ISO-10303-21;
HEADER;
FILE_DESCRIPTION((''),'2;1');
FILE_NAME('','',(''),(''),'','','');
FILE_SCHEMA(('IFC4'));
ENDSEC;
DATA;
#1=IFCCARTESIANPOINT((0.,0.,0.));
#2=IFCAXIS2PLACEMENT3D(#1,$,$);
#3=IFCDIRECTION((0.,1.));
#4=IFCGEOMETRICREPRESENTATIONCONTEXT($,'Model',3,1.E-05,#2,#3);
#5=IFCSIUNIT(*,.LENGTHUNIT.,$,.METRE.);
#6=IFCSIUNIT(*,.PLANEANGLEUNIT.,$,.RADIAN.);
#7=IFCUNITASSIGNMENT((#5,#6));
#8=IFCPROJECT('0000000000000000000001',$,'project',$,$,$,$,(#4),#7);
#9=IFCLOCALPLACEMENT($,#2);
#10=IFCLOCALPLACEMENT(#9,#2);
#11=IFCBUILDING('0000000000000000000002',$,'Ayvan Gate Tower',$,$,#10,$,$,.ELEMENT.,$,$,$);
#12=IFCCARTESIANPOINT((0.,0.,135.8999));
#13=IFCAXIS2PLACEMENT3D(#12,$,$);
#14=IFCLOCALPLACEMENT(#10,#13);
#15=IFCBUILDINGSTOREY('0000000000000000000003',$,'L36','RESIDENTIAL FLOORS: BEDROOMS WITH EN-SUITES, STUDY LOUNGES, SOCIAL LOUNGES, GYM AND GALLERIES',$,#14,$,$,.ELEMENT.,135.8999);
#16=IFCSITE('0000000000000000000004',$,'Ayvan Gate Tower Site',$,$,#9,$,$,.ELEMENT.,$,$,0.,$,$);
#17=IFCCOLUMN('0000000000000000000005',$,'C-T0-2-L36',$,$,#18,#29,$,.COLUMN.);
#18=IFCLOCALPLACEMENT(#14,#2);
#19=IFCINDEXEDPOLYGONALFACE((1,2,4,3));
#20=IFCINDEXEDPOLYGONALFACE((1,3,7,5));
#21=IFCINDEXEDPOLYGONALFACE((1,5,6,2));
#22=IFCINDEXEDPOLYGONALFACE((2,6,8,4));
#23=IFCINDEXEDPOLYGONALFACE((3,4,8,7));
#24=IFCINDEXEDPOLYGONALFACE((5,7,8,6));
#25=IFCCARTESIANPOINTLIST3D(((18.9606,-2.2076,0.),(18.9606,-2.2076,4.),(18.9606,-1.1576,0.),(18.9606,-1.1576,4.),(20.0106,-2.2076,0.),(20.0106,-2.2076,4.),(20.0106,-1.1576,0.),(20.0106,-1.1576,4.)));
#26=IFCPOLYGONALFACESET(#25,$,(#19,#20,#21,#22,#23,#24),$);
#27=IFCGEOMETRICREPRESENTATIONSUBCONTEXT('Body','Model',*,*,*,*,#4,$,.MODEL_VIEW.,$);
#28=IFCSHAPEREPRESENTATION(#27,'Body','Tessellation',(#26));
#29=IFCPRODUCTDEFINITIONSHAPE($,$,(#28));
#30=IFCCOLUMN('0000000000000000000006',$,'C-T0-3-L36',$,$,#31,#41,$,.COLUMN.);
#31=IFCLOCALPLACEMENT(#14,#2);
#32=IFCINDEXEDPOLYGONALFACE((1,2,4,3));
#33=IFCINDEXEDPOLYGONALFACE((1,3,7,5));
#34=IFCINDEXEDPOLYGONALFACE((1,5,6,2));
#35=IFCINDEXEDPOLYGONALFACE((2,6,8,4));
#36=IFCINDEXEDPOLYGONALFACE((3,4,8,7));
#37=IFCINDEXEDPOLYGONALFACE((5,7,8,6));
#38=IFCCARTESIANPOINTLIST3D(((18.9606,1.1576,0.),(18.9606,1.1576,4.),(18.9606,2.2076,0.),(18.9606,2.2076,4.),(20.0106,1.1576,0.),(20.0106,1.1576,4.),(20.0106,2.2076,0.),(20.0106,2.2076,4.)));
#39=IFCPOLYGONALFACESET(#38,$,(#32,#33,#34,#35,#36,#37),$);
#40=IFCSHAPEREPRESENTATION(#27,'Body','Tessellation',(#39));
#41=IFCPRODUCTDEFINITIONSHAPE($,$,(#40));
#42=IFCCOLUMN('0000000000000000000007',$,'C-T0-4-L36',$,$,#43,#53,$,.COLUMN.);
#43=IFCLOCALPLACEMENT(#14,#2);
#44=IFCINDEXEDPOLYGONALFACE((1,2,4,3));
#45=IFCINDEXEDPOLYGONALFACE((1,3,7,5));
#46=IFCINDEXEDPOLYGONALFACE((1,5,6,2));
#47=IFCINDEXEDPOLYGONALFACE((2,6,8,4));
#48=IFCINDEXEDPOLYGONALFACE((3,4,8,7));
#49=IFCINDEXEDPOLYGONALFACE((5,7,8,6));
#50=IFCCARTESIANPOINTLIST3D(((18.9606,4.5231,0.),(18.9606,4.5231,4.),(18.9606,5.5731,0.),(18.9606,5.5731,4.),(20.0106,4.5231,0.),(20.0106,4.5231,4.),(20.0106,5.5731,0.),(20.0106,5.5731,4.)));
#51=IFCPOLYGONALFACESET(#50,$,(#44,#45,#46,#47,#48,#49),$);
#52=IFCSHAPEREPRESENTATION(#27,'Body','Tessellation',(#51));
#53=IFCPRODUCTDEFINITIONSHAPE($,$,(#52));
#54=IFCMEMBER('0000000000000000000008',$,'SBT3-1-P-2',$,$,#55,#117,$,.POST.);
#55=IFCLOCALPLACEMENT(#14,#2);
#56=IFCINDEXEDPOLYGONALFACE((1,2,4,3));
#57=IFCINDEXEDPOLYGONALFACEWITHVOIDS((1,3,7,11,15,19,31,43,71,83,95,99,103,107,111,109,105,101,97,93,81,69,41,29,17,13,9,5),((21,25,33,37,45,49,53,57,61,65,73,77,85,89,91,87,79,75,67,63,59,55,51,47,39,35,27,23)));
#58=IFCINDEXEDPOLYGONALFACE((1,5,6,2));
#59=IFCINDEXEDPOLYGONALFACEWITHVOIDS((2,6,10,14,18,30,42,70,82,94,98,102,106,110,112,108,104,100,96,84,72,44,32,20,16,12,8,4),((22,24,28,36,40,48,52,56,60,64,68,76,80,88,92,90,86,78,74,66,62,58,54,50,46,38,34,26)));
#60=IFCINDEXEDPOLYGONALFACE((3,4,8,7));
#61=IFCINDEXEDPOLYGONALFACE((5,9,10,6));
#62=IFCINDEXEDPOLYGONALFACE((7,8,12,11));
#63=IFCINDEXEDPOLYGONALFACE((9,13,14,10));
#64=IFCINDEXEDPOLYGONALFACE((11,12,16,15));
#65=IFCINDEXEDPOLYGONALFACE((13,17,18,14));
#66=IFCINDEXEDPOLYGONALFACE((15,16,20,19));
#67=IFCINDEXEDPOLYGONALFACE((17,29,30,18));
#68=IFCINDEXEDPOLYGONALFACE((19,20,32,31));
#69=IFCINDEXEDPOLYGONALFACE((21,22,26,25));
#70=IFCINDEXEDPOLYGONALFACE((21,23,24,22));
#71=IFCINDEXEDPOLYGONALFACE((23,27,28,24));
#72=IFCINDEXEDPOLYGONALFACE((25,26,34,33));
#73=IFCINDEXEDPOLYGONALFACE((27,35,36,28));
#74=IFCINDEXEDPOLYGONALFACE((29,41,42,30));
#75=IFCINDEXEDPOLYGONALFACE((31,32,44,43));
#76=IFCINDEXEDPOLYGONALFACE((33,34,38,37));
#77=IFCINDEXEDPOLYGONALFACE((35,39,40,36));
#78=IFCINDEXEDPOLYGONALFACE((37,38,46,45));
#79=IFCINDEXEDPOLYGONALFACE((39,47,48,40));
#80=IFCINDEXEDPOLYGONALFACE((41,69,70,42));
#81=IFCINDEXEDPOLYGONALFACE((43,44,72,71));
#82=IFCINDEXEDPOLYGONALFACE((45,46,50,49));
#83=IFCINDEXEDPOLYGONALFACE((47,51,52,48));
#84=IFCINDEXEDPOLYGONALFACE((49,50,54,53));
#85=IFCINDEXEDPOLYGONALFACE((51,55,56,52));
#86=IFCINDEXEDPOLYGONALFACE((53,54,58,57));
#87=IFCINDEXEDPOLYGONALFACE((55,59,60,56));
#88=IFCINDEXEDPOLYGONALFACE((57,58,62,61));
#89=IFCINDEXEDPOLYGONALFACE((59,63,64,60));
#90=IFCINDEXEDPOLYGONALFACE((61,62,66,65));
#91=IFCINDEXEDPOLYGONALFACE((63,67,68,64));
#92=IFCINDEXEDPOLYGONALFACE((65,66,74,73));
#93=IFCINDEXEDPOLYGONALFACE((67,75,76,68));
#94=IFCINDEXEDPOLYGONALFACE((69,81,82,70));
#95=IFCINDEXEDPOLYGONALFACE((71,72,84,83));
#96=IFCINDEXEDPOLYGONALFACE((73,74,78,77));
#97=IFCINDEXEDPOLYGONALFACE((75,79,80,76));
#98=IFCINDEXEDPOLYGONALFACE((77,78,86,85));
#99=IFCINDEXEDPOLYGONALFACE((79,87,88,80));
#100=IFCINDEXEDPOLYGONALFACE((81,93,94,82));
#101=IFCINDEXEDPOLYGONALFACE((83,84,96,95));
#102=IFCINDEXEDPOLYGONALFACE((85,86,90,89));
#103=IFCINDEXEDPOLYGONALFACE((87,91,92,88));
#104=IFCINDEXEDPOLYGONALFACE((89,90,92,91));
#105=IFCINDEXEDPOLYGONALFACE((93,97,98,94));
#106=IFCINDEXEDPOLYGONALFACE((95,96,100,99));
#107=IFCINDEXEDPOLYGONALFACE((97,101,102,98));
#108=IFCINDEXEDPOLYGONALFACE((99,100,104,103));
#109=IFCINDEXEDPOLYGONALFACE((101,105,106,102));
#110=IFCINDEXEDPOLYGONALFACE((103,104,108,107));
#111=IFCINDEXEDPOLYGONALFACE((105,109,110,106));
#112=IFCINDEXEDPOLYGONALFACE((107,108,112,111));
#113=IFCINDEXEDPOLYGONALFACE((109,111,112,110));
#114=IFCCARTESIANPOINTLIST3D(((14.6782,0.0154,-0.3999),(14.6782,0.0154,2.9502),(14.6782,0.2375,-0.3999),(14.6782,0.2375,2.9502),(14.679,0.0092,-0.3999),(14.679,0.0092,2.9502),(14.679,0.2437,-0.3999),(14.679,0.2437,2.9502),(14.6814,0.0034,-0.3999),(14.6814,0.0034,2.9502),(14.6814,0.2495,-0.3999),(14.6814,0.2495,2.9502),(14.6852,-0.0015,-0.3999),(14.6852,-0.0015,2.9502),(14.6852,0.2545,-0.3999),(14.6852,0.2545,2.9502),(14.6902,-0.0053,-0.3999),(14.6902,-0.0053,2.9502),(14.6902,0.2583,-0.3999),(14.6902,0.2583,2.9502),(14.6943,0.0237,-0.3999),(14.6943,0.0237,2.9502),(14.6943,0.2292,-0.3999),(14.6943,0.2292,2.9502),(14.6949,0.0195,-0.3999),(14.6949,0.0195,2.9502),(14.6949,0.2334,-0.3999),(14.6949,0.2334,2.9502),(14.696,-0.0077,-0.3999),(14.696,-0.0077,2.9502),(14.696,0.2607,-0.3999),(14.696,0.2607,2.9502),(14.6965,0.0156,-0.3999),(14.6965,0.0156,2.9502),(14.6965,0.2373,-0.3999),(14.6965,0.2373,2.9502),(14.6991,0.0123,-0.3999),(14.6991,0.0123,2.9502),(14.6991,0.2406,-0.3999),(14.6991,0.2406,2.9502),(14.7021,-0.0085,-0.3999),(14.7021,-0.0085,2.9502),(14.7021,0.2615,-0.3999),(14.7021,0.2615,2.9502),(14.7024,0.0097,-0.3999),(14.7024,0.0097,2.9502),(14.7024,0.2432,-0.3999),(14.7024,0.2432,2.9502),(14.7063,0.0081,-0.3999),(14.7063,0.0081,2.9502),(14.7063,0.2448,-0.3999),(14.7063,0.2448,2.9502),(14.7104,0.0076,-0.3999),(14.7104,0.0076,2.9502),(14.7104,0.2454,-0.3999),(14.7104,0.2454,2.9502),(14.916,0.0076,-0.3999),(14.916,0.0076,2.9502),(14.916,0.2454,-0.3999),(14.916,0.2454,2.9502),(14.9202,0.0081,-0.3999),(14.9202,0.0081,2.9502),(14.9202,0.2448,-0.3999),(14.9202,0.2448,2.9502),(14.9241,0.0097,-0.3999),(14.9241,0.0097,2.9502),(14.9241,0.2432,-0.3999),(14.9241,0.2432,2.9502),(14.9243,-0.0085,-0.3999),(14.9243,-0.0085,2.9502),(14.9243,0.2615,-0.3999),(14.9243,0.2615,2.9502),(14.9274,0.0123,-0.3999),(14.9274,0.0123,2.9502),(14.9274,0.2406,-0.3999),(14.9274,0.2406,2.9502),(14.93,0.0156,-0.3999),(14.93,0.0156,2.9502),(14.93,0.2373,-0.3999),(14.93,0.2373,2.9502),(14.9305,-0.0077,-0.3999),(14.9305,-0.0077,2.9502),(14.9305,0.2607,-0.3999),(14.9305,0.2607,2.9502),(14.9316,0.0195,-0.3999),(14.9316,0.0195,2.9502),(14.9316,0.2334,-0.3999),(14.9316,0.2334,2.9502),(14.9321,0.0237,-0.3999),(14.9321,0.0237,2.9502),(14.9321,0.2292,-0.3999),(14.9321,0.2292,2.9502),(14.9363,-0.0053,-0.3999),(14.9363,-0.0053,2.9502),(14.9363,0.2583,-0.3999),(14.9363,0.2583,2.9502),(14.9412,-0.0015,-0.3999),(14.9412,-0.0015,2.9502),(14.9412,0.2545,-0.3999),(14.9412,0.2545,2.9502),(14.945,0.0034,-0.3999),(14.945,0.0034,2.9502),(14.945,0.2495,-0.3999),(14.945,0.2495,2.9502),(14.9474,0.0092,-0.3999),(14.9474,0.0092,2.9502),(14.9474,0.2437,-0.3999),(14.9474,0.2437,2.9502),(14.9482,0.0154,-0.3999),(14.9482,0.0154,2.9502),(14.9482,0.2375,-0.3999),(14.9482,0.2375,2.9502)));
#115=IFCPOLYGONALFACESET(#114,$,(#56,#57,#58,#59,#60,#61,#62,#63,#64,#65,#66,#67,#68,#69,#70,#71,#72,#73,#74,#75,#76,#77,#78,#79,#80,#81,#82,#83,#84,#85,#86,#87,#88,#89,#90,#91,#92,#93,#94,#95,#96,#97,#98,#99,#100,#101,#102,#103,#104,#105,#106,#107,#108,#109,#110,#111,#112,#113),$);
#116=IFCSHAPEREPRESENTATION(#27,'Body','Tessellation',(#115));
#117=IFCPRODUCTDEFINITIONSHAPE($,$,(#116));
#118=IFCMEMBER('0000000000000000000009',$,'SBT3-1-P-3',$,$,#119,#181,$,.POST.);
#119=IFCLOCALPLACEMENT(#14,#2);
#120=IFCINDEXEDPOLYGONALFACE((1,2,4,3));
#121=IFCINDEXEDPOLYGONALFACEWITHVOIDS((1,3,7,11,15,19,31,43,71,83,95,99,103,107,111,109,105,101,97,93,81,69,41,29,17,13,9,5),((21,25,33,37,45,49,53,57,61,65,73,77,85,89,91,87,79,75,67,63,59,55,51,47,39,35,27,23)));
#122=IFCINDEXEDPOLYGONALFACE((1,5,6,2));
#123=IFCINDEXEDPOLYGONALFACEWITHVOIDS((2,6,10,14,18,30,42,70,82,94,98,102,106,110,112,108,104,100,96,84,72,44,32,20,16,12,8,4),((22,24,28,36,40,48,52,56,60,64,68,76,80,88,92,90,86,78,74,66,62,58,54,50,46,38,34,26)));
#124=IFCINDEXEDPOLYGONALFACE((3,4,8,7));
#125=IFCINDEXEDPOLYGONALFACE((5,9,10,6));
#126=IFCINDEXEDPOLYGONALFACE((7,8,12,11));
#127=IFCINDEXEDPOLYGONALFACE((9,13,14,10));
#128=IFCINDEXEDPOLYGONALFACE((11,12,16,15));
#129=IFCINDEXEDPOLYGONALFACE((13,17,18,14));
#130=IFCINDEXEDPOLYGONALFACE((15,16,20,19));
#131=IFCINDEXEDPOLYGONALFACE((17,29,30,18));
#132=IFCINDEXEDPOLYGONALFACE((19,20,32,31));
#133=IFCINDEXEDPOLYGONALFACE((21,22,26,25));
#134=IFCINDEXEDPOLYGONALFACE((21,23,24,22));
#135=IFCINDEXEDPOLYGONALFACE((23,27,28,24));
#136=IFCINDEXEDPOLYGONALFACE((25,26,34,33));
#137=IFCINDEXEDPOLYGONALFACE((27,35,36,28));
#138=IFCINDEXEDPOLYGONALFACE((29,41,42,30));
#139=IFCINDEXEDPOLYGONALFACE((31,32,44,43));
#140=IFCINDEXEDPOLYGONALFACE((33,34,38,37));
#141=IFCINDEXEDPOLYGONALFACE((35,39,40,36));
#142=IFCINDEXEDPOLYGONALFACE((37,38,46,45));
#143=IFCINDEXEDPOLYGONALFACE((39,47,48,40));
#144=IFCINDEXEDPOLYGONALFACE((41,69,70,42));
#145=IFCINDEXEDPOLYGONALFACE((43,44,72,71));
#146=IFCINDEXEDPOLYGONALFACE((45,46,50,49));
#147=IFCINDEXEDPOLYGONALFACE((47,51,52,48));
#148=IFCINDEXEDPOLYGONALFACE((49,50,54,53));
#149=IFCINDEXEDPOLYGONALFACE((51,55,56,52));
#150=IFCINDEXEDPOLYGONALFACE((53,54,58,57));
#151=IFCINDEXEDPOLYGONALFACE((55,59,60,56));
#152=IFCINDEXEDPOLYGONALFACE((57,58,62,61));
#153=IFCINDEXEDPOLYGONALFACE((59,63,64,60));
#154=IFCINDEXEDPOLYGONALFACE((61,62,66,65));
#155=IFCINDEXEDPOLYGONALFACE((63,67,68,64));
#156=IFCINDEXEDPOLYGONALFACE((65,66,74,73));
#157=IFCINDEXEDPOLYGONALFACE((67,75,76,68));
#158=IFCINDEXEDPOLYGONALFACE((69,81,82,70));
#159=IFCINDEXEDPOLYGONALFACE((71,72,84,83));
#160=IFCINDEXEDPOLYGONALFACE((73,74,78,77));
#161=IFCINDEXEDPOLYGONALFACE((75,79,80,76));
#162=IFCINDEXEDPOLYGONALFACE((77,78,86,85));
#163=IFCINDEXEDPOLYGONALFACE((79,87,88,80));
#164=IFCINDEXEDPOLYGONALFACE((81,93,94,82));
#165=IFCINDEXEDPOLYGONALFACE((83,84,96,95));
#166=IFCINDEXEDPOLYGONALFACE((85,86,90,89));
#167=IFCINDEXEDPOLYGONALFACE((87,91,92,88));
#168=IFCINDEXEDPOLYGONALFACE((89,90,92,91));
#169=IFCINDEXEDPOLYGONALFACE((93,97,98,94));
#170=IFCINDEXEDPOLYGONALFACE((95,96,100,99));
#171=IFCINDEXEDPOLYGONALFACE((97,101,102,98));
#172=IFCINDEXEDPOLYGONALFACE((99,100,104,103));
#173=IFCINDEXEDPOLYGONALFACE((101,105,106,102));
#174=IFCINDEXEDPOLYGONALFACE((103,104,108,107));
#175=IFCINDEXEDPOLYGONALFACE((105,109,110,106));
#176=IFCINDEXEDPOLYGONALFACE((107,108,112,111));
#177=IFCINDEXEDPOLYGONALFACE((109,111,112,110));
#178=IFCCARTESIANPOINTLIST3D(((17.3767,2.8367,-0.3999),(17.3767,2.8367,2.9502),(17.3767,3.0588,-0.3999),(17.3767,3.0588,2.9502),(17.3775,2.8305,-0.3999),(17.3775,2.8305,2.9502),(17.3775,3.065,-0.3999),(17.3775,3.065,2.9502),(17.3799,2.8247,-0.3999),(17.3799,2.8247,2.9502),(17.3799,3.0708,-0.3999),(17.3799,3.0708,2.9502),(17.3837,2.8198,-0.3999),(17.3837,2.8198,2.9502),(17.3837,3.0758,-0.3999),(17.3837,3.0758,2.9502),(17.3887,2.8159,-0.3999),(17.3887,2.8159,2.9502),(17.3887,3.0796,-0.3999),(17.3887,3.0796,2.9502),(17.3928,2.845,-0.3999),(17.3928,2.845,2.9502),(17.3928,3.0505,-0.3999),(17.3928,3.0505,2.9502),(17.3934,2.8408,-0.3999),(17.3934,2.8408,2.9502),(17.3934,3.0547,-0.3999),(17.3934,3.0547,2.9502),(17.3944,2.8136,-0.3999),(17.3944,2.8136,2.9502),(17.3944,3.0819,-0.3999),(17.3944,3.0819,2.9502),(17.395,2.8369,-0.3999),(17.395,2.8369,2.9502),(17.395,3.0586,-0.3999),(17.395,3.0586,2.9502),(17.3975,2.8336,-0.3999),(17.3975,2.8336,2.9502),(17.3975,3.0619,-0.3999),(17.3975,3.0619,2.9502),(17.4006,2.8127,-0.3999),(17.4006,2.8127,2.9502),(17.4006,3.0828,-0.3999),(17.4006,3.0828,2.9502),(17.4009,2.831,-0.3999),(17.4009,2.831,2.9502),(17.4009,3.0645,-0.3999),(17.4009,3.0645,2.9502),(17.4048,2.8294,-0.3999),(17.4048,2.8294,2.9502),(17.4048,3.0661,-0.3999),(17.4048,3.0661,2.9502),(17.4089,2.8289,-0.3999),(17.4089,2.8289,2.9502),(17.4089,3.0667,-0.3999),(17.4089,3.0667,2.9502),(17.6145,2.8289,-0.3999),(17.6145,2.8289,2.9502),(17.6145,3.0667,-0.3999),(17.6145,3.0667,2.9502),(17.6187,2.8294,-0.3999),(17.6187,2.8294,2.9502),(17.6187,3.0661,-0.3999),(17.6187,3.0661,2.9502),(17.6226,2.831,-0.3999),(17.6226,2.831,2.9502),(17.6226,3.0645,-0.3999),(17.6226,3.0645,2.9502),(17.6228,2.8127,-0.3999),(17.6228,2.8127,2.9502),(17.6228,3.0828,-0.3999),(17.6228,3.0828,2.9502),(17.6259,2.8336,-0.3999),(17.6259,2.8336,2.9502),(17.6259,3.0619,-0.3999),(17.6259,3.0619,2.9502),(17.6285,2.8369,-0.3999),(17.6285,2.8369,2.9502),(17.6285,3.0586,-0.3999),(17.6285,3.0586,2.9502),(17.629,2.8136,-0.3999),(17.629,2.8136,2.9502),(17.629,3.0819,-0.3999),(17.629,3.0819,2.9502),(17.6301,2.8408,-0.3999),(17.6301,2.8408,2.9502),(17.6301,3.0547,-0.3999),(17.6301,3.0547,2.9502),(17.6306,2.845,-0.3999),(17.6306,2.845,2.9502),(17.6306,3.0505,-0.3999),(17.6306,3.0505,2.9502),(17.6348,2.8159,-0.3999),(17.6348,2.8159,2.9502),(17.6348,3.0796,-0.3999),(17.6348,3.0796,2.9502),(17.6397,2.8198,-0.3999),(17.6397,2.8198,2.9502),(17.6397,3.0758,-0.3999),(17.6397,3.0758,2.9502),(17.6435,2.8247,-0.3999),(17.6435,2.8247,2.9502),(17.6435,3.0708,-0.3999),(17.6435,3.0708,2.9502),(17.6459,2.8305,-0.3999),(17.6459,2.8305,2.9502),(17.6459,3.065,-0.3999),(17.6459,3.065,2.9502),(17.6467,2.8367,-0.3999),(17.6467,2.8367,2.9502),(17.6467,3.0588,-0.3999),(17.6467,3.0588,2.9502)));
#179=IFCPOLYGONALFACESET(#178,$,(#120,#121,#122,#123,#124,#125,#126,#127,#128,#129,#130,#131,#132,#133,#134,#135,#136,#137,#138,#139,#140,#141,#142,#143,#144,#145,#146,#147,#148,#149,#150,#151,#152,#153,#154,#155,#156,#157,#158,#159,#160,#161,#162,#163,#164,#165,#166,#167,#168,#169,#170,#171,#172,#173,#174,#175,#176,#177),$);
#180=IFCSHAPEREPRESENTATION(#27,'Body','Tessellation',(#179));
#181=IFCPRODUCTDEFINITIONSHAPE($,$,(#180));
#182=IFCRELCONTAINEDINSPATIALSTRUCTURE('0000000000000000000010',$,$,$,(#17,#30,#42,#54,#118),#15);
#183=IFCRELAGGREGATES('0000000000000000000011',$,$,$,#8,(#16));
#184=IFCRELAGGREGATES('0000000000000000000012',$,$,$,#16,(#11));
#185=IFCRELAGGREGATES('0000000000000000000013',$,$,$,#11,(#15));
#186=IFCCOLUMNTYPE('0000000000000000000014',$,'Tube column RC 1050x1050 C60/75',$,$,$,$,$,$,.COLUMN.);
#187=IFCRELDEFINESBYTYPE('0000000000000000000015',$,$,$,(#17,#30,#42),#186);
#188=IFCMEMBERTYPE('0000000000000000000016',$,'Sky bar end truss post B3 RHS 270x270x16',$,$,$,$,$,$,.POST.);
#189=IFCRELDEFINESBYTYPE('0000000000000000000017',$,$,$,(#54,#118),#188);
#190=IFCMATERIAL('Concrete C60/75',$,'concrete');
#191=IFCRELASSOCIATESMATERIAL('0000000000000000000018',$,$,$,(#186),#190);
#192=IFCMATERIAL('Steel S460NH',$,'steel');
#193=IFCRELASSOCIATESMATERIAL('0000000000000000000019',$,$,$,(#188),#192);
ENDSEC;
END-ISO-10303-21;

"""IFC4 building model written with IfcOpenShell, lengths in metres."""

from ifc_helpers import new_model, si_unit, direction, frame, origin, origin_2d, place, context, subcontext, project, spatial, rectangle, hollow_rectangle, extrude, material, material_profile, profile_set, type_object, element, save


model = new_model("IFC4")

# Units and contexts
model_context = context("Model", 3, precision=1e-05, world=origin(), true_north=direction((0.0, 1.0)))
body_context = subcontext(model_context, "Body", "Model", "MODEL_VIEW")
ifc_project = project(units=[si_unit("LENGTHUNIT", "METRE"), si_unit("PLANEANGLEUNIT", "RADIAN")], contexts=[model_context])

# Site, building, storey
site_placement = place(None, origin())
site = spatial("IfcSite", under=ifc_project, at=site_placement, Name="Ayvan Gate Tower Site", CompositionType="ELEMENT", RefElevation=0.0)
building_placement = place(site_placement, origin())
building = spatial("IfcBuilding", under=site, at=building_placement, Name="Ayvan Gate Tower", CompositionType="ELEMENT")
storey_placement = place(building_placement, frame((0.0, 0.0, 135.8999)))
storey = spatial("IfcBuildingStorey", under=building, at=storey_placement, Name="L36", Description="RESIDENTIAL FLOORS: BEDROOMS WITH EN-SUITES, STUDY LOUNGES, SOCIAL LOUNGES, GYM AND GALLERIES", CompositionType="ELEMENT", Elevation=135.8999)

# Columns
ifc_material_1 = material(Name="Concrete C60/75", Category="concrete")
ifc_material_profile_1 = material_profile(ifc_material_1, rectangle(XDim=1.05, YDim=1.05, at=origin_2d()), Name="RC 1050x1050")
ifc_profile_set_1 = profile_set([ifc_material_profile_1], Name="Concrete C60/75")
column_type = type_object("IfcColumnType", Name="Tube column RC 1050x1050 C60/75", PredefinedType="COLUMN", material=ifc_profile_set_1)
for number, where, z_axis, x_axis, name in (
    (1, (19.4856, -1.6826, 0.0), (0.0, 0.0, 1.0), (1.0, 0.0, 0.0), "C-T0-2-L36"),
    (2, (19.4856, 1.6826, 0.0), (0.0, 0.0, 1.0), (1.0, 0.0, 0.0), "C-T0-3-L36"),
    (3, (19.4856, 5.0481, 0.0), (0.0, 0.0, 1.0), (1.0, 0.0, 0.0), "C-T0-4-L36"),
):
    element("IfcColumn", number, at=place(storey_placement, frame(where, z_axis=z_axis, x_axis=x_axis)), inside=storey, type_object=column_type, Name=name, PredefinedType="COLUMN", context=body_context, shape_type="SweptSolid", body=[
        extrude(rectangle(XDim=1.05, YDim=1.05, at=origin_2d()), origin(), (0.0, 0.0, 1.0), 4.0),
    ])

# Members
ifc_material_2 = material(Name="Steel S460NH", Category="steel")
ifc_material_profile_2 = material_profile(ifc_material_2, hollow_rectangle(XDim=0.27, YDim=0.27, WallThickness=0.0161, InnerFilletRadius=0.0161, OuterFilletRadius=0.0239, at=origin_2d()), Name="RHS 270x270x16")
ifc_profile_set_2 = profile_set([ifc_material_profile_2], Name="Steel S460NH")
member_type_1 = type_object("IfcMemberType", Name="Sky bar end truss post B3 RHS 270x270x16", PredefinedType="POST", material=ifc_profile_set_2)
for number, where, z_axis, x_axis, name in (
    (4, (14.8132, 0.1265, -0.3999), (0.0, 0.0, 1.0), (1.0, 0.0, 0.0), "SBT3-1-P-2"),
    (5, (17.5117, 2.9478, -0.3999), (0.0, 0.0, 1.0), (1.0, 0.0, 0.0), "SBT3-1-P-3"),
):
    element("IfcMember", number, at=place(storey_placement, frame(where, z_axis=z_axis, x_axis=x_axis)), inside=storey, type_object=member_type_1, Name=name, PredefinedType="POST", context=body_context, shape_type="SweptSolid", body=[
        extrude(hollow_rectangle(XDim=0.27, YDim=0.27, WallThickness=0.0161, InnerFilletRadius=0.0161, OuterFilletRadius=0.0239, at=origin_2d()), origin(), (0.0, 0.0, 1.0), 3.3501),
    ])

save(model, "model.ifc")
